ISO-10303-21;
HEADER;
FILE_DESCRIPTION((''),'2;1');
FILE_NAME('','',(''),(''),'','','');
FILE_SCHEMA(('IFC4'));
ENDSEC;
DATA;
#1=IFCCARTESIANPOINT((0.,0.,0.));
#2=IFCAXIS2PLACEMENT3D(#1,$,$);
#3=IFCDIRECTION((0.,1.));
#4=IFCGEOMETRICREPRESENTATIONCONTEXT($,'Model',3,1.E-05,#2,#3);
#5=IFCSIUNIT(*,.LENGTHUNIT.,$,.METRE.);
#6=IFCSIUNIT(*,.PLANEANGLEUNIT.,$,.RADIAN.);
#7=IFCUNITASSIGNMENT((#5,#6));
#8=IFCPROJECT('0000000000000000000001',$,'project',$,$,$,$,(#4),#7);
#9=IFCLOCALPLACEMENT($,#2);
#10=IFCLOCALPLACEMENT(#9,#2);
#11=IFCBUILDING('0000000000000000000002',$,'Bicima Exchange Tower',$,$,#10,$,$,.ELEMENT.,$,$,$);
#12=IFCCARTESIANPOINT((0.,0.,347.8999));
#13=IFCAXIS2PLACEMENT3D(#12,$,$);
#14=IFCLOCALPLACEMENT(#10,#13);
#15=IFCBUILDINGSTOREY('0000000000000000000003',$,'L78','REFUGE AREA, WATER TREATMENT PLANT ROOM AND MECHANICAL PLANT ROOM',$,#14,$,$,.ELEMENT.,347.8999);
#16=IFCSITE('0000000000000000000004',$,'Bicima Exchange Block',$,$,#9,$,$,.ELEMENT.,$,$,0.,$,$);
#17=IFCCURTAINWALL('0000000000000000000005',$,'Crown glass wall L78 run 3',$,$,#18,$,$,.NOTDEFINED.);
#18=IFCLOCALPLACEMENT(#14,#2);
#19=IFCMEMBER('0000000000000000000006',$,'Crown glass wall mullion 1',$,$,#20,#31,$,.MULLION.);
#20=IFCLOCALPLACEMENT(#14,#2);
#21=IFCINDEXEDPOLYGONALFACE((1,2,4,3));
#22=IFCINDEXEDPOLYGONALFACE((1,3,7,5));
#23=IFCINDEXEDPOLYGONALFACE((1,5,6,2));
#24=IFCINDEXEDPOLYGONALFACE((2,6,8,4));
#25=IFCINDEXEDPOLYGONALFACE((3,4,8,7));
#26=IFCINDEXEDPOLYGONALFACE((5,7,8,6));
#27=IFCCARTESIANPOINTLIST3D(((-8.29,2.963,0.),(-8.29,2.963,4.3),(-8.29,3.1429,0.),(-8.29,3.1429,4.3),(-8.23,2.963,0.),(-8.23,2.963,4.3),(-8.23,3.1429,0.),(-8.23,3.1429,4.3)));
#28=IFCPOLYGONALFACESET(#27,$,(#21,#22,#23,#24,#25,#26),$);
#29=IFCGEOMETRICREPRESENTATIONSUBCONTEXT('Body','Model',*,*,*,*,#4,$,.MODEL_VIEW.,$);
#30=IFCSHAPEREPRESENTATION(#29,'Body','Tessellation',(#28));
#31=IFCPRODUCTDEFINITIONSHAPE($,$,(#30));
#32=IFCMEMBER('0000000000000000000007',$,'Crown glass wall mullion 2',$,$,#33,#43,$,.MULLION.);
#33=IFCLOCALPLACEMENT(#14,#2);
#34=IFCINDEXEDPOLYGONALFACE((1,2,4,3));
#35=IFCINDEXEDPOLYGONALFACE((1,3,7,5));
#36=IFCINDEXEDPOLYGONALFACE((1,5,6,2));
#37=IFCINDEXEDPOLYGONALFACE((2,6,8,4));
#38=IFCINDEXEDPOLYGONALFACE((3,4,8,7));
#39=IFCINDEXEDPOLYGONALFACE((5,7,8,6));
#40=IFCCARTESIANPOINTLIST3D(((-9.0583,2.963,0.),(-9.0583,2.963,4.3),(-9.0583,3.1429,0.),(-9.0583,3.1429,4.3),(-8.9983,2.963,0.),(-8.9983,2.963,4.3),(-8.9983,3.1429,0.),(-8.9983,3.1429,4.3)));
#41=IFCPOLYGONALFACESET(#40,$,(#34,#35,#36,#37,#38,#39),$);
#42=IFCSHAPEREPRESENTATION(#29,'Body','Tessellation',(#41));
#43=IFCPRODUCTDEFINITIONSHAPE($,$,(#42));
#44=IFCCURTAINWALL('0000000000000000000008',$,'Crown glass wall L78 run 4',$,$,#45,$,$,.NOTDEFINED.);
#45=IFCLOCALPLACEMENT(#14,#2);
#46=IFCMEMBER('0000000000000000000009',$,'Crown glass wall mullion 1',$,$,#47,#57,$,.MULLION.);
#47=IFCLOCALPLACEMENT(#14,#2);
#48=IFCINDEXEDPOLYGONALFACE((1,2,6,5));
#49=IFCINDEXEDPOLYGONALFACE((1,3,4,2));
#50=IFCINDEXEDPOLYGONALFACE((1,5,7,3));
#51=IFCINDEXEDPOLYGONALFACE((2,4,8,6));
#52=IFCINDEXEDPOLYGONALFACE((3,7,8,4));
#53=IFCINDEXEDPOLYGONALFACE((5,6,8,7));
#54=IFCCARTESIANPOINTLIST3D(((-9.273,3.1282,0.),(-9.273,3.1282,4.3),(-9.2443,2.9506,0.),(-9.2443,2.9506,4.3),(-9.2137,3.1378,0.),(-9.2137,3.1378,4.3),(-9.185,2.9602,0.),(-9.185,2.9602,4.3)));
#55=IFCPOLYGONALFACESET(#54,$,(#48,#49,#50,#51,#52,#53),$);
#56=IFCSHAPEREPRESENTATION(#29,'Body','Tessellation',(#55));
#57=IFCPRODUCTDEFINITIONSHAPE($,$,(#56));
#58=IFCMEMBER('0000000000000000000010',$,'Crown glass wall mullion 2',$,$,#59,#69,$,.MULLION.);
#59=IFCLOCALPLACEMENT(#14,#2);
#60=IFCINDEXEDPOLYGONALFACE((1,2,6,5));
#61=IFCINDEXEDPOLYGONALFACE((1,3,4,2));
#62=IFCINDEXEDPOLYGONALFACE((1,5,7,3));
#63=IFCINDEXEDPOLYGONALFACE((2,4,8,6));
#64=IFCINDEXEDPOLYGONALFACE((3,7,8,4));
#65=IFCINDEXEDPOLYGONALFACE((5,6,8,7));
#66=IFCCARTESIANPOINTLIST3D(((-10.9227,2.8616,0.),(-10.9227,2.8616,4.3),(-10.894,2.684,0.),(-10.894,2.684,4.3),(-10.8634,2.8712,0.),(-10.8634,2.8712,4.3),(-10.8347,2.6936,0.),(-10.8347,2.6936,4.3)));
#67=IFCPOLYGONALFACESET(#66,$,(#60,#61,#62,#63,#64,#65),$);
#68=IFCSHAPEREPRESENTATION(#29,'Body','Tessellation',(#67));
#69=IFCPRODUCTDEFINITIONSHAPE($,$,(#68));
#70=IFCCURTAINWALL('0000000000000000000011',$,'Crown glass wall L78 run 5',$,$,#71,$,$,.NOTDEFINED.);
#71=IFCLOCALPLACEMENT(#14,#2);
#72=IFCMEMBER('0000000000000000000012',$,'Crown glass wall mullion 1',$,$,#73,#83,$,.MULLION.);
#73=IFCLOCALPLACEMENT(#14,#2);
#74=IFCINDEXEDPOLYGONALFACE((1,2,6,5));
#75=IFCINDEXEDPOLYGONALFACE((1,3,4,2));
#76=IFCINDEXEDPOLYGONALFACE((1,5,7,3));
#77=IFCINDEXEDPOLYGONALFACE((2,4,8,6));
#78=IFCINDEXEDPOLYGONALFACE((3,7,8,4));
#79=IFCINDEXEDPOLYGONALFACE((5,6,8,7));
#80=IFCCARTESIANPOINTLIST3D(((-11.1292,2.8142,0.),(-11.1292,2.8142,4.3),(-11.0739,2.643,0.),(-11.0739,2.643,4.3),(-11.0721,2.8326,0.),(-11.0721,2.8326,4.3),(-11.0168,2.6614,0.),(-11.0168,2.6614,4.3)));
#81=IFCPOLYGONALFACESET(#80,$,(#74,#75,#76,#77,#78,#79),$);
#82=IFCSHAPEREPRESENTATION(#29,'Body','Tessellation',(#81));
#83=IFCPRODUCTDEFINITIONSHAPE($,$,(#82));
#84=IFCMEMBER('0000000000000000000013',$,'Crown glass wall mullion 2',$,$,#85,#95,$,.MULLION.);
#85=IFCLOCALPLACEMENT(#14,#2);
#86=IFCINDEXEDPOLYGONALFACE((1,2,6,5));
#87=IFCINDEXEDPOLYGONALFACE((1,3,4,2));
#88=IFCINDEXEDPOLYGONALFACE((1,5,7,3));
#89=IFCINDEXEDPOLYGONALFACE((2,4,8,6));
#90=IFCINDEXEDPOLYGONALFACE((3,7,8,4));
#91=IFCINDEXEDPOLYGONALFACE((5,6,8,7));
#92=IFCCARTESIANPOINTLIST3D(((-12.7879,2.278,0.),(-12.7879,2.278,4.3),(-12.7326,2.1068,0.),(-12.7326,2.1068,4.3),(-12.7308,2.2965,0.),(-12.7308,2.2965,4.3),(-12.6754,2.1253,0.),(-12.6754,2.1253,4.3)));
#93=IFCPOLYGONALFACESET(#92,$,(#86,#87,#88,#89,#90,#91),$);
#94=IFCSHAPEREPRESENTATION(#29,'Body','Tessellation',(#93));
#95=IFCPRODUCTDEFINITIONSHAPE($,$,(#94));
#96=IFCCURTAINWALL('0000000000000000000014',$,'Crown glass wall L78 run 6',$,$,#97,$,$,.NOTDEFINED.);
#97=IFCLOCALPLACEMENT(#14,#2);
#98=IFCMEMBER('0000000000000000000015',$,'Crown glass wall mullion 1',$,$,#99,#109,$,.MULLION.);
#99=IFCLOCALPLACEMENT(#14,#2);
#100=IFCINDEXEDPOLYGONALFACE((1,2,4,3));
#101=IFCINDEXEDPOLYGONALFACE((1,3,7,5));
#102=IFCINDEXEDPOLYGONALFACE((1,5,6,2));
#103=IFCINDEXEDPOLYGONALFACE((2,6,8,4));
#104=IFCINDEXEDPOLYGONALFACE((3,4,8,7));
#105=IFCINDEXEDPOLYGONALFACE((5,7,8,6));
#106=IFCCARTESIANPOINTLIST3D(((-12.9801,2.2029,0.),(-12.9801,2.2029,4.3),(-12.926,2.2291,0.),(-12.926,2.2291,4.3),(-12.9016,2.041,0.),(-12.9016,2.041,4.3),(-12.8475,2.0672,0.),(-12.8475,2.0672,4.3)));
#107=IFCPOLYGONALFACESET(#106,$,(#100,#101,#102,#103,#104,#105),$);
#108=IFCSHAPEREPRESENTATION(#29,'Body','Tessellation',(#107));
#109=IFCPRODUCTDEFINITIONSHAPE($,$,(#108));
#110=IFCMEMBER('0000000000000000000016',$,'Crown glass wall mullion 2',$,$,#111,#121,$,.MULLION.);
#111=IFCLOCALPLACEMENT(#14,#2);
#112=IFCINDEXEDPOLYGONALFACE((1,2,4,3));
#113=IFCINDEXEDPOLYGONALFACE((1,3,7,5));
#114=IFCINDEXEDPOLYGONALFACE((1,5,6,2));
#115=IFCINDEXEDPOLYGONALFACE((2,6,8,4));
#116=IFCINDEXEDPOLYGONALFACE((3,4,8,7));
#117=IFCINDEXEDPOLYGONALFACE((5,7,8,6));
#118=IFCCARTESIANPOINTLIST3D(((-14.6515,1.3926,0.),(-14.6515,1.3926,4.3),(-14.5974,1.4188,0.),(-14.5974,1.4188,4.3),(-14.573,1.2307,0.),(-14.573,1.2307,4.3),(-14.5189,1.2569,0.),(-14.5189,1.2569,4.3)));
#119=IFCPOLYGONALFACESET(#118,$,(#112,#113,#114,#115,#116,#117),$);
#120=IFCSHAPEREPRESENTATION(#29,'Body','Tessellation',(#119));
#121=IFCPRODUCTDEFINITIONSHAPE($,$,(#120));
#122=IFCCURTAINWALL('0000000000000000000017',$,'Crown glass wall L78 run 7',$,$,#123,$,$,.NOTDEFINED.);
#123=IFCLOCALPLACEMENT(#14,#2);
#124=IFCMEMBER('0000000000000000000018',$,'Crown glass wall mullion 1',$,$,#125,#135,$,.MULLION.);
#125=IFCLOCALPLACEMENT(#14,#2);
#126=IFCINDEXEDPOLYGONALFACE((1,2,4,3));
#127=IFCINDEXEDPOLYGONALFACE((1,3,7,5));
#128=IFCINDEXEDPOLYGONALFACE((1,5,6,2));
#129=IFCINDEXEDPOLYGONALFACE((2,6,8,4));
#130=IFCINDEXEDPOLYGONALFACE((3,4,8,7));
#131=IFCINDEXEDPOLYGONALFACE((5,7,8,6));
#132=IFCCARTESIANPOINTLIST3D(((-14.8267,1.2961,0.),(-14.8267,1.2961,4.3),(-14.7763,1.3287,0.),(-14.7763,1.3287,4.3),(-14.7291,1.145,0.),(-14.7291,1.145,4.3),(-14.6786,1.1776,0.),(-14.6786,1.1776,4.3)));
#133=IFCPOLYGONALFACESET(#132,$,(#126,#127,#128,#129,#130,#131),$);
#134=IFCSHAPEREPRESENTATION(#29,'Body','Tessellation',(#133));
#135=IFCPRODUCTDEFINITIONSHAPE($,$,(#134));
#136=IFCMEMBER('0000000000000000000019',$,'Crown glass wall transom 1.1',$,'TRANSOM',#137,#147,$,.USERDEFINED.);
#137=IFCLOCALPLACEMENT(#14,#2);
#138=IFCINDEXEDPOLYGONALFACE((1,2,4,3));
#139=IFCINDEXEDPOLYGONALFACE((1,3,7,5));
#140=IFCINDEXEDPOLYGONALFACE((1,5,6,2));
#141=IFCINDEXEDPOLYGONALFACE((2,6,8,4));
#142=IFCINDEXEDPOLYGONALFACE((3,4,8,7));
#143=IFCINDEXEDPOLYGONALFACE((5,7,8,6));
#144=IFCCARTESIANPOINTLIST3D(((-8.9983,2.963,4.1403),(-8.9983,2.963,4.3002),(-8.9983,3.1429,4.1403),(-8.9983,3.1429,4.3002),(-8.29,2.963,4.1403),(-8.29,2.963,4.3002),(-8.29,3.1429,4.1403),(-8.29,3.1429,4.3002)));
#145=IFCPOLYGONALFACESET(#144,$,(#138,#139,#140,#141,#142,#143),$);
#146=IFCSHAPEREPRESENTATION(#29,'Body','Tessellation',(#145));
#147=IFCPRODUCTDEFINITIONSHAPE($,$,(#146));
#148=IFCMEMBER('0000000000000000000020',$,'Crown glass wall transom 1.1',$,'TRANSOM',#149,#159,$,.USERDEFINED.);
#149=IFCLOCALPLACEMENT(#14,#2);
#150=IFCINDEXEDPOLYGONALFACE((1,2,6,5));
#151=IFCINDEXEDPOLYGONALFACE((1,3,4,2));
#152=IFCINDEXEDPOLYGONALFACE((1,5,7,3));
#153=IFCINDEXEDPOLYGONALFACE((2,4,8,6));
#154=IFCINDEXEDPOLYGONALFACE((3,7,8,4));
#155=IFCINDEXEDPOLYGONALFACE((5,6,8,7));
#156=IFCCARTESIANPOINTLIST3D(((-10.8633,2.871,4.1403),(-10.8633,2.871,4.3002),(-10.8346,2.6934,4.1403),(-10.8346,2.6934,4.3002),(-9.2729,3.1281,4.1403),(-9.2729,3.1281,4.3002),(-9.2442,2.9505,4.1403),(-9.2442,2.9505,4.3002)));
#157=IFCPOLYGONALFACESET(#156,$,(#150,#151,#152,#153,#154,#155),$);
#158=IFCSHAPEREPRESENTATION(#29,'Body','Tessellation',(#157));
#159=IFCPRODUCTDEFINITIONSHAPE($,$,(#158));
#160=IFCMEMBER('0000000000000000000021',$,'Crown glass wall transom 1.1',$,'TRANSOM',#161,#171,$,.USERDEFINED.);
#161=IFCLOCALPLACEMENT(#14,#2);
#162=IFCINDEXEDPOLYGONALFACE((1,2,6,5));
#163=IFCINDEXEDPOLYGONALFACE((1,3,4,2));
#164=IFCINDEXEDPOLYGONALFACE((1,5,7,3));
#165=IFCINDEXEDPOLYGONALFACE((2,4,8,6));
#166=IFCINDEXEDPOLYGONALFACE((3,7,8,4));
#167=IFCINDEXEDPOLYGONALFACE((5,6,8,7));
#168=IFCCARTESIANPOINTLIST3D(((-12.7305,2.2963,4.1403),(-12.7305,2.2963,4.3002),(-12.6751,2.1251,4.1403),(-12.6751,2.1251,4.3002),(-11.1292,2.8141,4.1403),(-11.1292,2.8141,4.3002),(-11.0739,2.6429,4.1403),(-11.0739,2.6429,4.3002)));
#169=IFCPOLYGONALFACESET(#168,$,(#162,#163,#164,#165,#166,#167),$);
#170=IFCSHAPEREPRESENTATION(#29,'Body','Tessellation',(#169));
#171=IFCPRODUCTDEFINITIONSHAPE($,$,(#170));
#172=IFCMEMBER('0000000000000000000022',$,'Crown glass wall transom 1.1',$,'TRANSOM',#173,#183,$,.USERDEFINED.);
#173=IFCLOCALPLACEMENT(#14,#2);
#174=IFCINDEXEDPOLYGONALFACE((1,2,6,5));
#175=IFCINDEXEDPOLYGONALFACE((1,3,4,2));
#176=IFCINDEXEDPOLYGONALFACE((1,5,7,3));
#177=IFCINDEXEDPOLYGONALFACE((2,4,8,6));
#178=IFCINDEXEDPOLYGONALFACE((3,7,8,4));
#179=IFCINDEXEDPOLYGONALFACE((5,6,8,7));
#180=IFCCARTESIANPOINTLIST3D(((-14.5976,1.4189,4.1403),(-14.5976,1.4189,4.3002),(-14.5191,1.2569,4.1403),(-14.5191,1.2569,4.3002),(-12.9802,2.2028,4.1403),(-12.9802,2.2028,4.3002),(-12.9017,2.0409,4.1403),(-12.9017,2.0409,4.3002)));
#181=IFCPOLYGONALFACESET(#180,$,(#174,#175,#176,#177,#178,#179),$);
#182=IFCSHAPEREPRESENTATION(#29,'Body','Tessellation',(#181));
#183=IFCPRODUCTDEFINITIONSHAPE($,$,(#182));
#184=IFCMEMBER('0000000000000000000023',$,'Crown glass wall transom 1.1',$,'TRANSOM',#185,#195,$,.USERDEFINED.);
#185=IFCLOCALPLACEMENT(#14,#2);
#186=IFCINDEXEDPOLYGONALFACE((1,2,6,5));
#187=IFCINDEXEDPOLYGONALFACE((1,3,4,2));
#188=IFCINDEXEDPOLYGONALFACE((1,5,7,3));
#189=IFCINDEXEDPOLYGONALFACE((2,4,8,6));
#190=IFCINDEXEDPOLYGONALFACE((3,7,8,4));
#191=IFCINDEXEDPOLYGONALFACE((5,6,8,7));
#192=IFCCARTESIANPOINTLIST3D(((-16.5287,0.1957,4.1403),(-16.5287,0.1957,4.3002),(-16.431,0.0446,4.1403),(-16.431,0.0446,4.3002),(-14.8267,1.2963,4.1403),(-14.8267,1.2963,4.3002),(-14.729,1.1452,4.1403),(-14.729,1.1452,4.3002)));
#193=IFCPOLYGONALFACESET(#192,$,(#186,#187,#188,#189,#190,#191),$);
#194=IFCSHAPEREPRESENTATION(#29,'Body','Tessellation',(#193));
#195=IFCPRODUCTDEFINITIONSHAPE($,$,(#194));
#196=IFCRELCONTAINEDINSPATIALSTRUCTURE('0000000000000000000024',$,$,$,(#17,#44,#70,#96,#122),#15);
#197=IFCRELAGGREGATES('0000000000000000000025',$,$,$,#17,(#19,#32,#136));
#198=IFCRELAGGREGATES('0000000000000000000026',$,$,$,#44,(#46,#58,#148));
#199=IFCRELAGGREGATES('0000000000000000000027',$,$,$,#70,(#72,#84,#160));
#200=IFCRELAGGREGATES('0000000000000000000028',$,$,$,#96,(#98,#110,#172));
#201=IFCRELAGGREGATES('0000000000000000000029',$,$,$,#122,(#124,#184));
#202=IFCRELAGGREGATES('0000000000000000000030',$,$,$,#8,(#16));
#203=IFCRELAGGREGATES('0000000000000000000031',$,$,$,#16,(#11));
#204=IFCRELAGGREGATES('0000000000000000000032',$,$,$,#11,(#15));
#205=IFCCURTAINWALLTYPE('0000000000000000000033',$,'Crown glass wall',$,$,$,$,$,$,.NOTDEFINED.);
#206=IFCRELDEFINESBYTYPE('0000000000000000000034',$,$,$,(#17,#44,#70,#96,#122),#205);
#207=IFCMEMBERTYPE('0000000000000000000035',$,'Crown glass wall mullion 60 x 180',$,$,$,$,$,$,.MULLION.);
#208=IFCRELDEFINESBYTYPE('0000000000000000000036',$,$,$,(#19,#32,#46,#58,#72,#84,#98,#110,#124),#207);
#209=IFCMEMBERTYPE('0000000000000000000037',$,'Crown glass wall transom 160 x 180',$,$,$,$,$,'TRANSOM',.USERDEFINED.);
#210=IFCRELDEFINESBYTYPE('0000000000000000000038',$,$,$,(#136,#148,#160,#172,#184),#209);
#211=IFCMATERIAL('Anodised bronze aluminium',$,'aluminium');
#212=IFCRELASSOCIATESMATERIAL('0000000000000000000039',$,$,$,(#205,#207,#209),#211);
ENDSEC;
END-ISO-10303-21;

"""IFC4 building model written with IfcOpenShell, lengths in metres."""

from ifc_helpers import new_model, si_unit, direction, frame, origin, origin_2d, place, context, subcontext, project, spatial, rectangle, extrude, material, material_profile, profile_set, type_object, element, aggregate, save


model = new_model("IFC4")

# Units and contexts
model_context = context("Model", 3, precision=1e-05, world=origin(), true_north=direction((0.0, 1.0)))
body_context = subcontext(model_context, "Body", "Model", "MODEL_VIEW")
ifc_project = project(units=[si_unit("LENGTHUNIT", "METRE"), si_unit("PLANEANGLEUNIT", "RADIAN")], contexts=[model_context])

# Site, building, storey
site_placement = place(None, origin())
site = spatial("IfcSite", under=ifc_project, at=site_placement, Name="Bicima Exchange Block", CompositionType="ELEMENT", RefElevation=0.0)
building_placement = place(site_placement, origin())
building = spatial("IfcBuilding", under=site, at=building_placement, Name="Bicima Exchange Tower", CompositionType="ELEMENT")
storey_placement = place(building_placement, frame((0.0, 0.0, 347.8999)))
storey = spatial("IfcBuildingStorey", under=building, at=storey_placement, Name="L78", Description="REFUGE AREA, WATER TREATMENT PLANT ROOM AND MECHANICAL PLANT ROOM", CompositionType="ELEMENT", Elevation=347.8999)

# Curtain walls, members
ifc_material_1 = material(Name="Anodised bronze aluminium", Category="aluminium")
curtain_wall_type = type_object("IfcCurtainWallType", Name="Crown glass wall", PredefinedType="NOTDEFINED", material=ifc_material_1)
curtain_wall_1_placement = place(storey_placement, origin())
curtain_wall_1 = element("IfcCurtainWall", 1, at=curtain_wall_1_placement, inside=storey, type_object=curtain_wall_type, Name="Crown glass wall L78 run 3", PredefinedType="NOTDEFINED")
ifc_material_profile_1 = material_profile(ifc_material_1, rectangle(XDim=0.1799, YDim=0.0601, at=origin_2d()))
ifc_profile_set_1 = profile_set([ifc_material_profile_1], Name="Anodised bronze aluminium")
member_type_1 = type_object("IfcMemberType", Name="Crown glass wall mullion 60 x 180", PredefinedType="MULLION", material=ifc_profile_set_1)
member_1_placement = place(storey_placement, frame((-8.26, 3.053, 0.0), z_axis=(0.0, 0.0, 1.0), x_axis=(0.0, -1.0, 0.0)))
member_1 = element("IfcMember", 2, at=member_1_placement, type_object=member_type_1, Name="Crown glass wall mullion 1", PredefinedType="MULLION", context=body_context, shape_type="SweptSolid", body=[
    extrude(rectangle(XDim=0.1799, YDim=0.0601, at=origin_2d()), origin(), (0.0, 0.0, 1.0), 4.3),
])
member_2_placement = place(storey_placement, frame((-9.0283, 3.053, 0.0), z_axis=(0.0, 0.0, 1.0), x_axis=(0.0, -1.0, 0.0)))
member_2 = element("IfcMember", 3, at=member_2_placement, type_object=member_type_1, Name="Crown glass wall mullion 2", PredefinedType="MULLION", context=body_context, shape_type="SweptSolid", body=[
    extrude(rectangle(XDim=0.1799, YDim=0.0601, at=origin_2d()), origin(), (0.0, 0.0, 1.0), 4.3),
])
curtain_wall_2_placement = place(storey_placement, origin())
curtain_wall_2 = element("IfcCurtainWall", 4, at=curtain_wall_2_placement, inside=storey, type_object=curtain_wall_type, Name="Crown glass wall L78 run 4", PredefinedType="NOTDEFINED")
member_3_placement = place(storey_placement, frame((-9.229, 3.0442, 0.0), z_axis=(0.0, 0.0, 1.0), x_axis=(0.15955, -0.98719, 0.0)))
member_3 = element("IfcMember", 5, at=member_3_placement, type_object=member_type_1, Name="Crown glass wall mullion 1", PredefinedType="MULLION", context=body_context, shape_type="SweptSolid", body=[
    extrude(rectangle(XDim=0.1799, YDim=0.0601, at=origin_2d()), origin(), (0.0, 0.0, 1.0), 4.3),
])
member_4_placement = place(storey_placement, frame((-10.8787, 2.7776, 0.0), z_axis=(0.0, 0.0, 1.0), x_axis=(0.15955, -0.98719, 0.0)))
member_4 = element("IfcMember", 6, at=member_4_placement, type_object=member_type_1, Name="Crown glass wall mullion 2", PredefinedType="MULLION", context=body_context, shape_type="SweptSolid", body=[
    extrude(rectangle(XDim=0.1799, YDim=0.0601, at=origin_2d()), origin(), (0.0, 0.0, 1.0), 4.3),
])
curtain_wall_3_placement = place(storey_placement, origin())
curtain_wall_3 = element("IfcCurtainWall", 7, at=curtain_wall_3_placement, inside=storey, type_object=curtain_wall_type, Name="Crown glass wall L78 run 5", PredefinedType="NOTDEFINED")
member_5_placement = place(storey_placement, frame((-11.073, 2.7378, 0.0), z_axis=(0.0, 0.0, 1.0), x_axis=(0.307573, -0.951525, 0.0)))
member_5 = element("IfcMember", 8, at=member_5_placement, type_object=member_type_1, Name="Crown glass wall mullion 1", PredefinedType="MULLION", context=body_context, shape_type="SweptSolid", body=[
    extrude(rectangle(XDim=0.1799, YDim=0.0601, at=origin_2d()), origin(), (0.0, 0.0, 1.0), 4.3),
])
member_6_placement = place(storey_placement, frame((-12.7317, 2.2017, 0.0), z_axis=(0.0, 0.0, 1.0), x_axis=(0.307573, -0.951525, 0.0)))
member_6 = element("IfcMember", 9, at=member_6_placement, type_object=member_type_1, Name="Crown glass wall mullion 2", PredefinedType="MULLION", context=body_context, shape_type="SweptSolid", body=[
    extrude(rectangle(XDim=0.1799, YDim=0.0601, at=origin_2d()), origin(), (0.0, 0.0, 1.0), 4.3),
])
curtain_wall_4_placement = place(storey_placement, origin())
curtain_wall_4 = element("IfcCurtainWall", 10, at=curtain_wall_4_placement, inside=storey, type_object=curtain_wall_type, Name="Crown glass wall L78 run 6", PredefinedType="NOTDEFINED")
member_7_placement = place(storey_placement, frame((-12.9138, 2.135, 0.0), z_axis=(0.0, 0.0, 1.0), x_axis=(0.436265, -0.899818, 0.0)))
member_7 = element("IfcMember", 11, at=member_7_placement, type_object=member_type_1, Name="Crown glass wall mullion 1", PredefinedType="MULLION", context=body_context, shape_type="SweptSolid", body=[
    extrude(rectangle(XDim=0.1799, YDim=0.0601, at=origin_2d()), origin(), (0.0, 0.0, 1.0), 4.3),
])
member_8_placement = place(storey_placement, frame((-14.5852, 1.3247, 0.0), z_axis=(0.0, 0.0, 1.0), x_axis=(0.436265, -0.899818, 0.0)))
member_8 = element("IfcMember", 12, at=member_8_placement, type_object=member_type_1, Name="Crown glass wall mullion 2", PredefinedType="MULLION", context=body_context, shape_type="SweptSolid", body=[
    extrude(rectangle(XDim=0.1799, YDim=0.0601, at=origin_2d()), origin(), (0.0, 0.0, 1.0), 4.3),
])

# Curtain wall, member
curtain_wall_5_placement = place(storey_placement, origin())
curtain_wall_5 = element("IfcCurtainWall", 13, at=curtain_wall_5_placement, inside=storey, type_object=curtain_wall_type, Name="Crown glass wall L78 run 7", PredefinedType="NOTDEFINED")
member_9_placement = place(storey_placement, frame((-14.7527, 1.2368, 0.0), z_axis=(0.0, 0.0, 1.0), x_axis=(0.542911, -0.83979, 0.0)))
member_9 = element("IfcMember", 14, at=member_9_placement, type_object=member_type_1, Name="Crown glass wall mullion 1", PredefinedType="MULLION", context=body_context, shape_type="SweptSolid", body=[
    extrude(rectangle(XDim=0.1799, YDim=0.0601, at=origin_2d()), origin(), (0.0, 0.0, 1.0), 4.3),
])

# Members
ifc_material_profile_2 = material_profile(ifc_material_1, rectangle(XDim=0.1799, YDim=0.1599, at=origin_2d()))
ifc_profile_set_2 = profile_set([ifc_material_profile_2], Name="Anodised bronze aluminium")
member_type_2 = type_object("IfcMemberType", Name="Crown glass wall transom 160 x 180", ElementType="TRANSOM", PredefinedType="USERDEFINED", material=ifc_profile_set_2)
member_10_placement = place(storey_placement, frame((-8.29, 3.053, 4.2202), z_axis=(-1.0, 0.0, 0.0), x_axis=(0.0, -1.0, 0.0)))
member_10 = element("IfcMember", 15, at=member_10_placement, type_object=member_type_2, Name="Crown glass wall transom 1.1", ObjectType="TRANSOM", PredefinedType="USERDEFINED", context=body_context, shape_type="SweptSolid", body=[
    extrude(rectangle(XDim=0.1799, YDim=0.1599, at=origin_2d()), origin(), (0.0, 0.0, 1.0), 0.7083),
])
member_11_placement = place(storey_placement, frame((-9.2585, 3.0393, 4.2202), z_axis=(-0.987185, -0.15958, 0.0), x_axis=(0.15958, -0.987185, 0.0)))
member_11 = element("IfcMember", 16, at=member_11_placement, type_object=member_type_2, Name="Crown glass wall transom 1.1", ObjectType="TRANSOM", PredefinedType="USERDEFINED", context=body_context, shape_type="SweptSolid", body=[
    extrude(rectangle(XDim=0.1799, YDim=0.1599, at=origin_2d()), origin(), (0.0, 0.0, 1.0), 1.6111),
])
member_12_placement = place(storey_placement, frame((-11.1016, 2.7285, 4.2202), z_axis=(-0.951488, -0.307685, 0.0), x_axis=(0.307685, -0.951488, 0.0)))
member_12 = element("IfcMember", 17, at=member_12_placement, type_object=member_type_2, Name="Crown glass wall transom 1.1", ObjectType="TRANSOM", PredefinedType="USERDEFINED", context=body_context, shape_type="SweptSolid", body=[
    extrude(rectangle(XDim=0.1799, YDim=0.1599, at=origin_2d()), origin(), (0.0, 0.0, 1.0), 1.6829),
])
member_13_placement = place(storey_placement, frame((-12.9409, 2.1218, 4.2202), z_axis=(-0.899874, -0.43615, 0.0), x_axis=(0.43615, -0.899874, 0.0)))
member_13 = element("IfcMember", 18, at=member_13_placement, type_object=member_type_2, Name="Crown glass wall transom 1.1", ObjectType="TRANSOM", PredefinedType="USERDEFINED", context=body_context, shape_type="SweptSolid", body=[
    extrude(rectangle(XDim=0.1799, YDim=0.1599, at=origin_2d()), origin(), (0.0, 0.0, 1.0), 1.7974),
])
member_14_placement = place(storey_placement, frame((-14.7778, 1.2207, 4.2202), z_axis=(-0.839751, -0.542972, 0.0), x_axis=(0.542972, -0.839751, 0.0)))
member_14 = element("IfcMember", 19, at=member_14_placement, type_object=member_type_2, Name="Crown glass wall transom 1.1", ObjectType="TRANSOM", PredefinedType="USERDEFINED", context=body_context, shape_type="SweptSolid", body=[
    extrude(rectangle(XDim=0.1799, YDim=0.1599, at=origin_2d()), origin(), (0.0, 0.0, 1.0), 2.0269),
])

aggregate(curtain_wall_1, [member_1, member_2, member_10])
aggregate(curtain_wall_2, [member_3, member_4, member_11])
aggregate(curtain_wall_3, [member_5, member_6, member_12])
aggregate(curtain_wall_4, [member_7, member_8, member_13])
aggregate(curtain_wall_5, [member_9, member_14])

save(model, "model.ifc")
